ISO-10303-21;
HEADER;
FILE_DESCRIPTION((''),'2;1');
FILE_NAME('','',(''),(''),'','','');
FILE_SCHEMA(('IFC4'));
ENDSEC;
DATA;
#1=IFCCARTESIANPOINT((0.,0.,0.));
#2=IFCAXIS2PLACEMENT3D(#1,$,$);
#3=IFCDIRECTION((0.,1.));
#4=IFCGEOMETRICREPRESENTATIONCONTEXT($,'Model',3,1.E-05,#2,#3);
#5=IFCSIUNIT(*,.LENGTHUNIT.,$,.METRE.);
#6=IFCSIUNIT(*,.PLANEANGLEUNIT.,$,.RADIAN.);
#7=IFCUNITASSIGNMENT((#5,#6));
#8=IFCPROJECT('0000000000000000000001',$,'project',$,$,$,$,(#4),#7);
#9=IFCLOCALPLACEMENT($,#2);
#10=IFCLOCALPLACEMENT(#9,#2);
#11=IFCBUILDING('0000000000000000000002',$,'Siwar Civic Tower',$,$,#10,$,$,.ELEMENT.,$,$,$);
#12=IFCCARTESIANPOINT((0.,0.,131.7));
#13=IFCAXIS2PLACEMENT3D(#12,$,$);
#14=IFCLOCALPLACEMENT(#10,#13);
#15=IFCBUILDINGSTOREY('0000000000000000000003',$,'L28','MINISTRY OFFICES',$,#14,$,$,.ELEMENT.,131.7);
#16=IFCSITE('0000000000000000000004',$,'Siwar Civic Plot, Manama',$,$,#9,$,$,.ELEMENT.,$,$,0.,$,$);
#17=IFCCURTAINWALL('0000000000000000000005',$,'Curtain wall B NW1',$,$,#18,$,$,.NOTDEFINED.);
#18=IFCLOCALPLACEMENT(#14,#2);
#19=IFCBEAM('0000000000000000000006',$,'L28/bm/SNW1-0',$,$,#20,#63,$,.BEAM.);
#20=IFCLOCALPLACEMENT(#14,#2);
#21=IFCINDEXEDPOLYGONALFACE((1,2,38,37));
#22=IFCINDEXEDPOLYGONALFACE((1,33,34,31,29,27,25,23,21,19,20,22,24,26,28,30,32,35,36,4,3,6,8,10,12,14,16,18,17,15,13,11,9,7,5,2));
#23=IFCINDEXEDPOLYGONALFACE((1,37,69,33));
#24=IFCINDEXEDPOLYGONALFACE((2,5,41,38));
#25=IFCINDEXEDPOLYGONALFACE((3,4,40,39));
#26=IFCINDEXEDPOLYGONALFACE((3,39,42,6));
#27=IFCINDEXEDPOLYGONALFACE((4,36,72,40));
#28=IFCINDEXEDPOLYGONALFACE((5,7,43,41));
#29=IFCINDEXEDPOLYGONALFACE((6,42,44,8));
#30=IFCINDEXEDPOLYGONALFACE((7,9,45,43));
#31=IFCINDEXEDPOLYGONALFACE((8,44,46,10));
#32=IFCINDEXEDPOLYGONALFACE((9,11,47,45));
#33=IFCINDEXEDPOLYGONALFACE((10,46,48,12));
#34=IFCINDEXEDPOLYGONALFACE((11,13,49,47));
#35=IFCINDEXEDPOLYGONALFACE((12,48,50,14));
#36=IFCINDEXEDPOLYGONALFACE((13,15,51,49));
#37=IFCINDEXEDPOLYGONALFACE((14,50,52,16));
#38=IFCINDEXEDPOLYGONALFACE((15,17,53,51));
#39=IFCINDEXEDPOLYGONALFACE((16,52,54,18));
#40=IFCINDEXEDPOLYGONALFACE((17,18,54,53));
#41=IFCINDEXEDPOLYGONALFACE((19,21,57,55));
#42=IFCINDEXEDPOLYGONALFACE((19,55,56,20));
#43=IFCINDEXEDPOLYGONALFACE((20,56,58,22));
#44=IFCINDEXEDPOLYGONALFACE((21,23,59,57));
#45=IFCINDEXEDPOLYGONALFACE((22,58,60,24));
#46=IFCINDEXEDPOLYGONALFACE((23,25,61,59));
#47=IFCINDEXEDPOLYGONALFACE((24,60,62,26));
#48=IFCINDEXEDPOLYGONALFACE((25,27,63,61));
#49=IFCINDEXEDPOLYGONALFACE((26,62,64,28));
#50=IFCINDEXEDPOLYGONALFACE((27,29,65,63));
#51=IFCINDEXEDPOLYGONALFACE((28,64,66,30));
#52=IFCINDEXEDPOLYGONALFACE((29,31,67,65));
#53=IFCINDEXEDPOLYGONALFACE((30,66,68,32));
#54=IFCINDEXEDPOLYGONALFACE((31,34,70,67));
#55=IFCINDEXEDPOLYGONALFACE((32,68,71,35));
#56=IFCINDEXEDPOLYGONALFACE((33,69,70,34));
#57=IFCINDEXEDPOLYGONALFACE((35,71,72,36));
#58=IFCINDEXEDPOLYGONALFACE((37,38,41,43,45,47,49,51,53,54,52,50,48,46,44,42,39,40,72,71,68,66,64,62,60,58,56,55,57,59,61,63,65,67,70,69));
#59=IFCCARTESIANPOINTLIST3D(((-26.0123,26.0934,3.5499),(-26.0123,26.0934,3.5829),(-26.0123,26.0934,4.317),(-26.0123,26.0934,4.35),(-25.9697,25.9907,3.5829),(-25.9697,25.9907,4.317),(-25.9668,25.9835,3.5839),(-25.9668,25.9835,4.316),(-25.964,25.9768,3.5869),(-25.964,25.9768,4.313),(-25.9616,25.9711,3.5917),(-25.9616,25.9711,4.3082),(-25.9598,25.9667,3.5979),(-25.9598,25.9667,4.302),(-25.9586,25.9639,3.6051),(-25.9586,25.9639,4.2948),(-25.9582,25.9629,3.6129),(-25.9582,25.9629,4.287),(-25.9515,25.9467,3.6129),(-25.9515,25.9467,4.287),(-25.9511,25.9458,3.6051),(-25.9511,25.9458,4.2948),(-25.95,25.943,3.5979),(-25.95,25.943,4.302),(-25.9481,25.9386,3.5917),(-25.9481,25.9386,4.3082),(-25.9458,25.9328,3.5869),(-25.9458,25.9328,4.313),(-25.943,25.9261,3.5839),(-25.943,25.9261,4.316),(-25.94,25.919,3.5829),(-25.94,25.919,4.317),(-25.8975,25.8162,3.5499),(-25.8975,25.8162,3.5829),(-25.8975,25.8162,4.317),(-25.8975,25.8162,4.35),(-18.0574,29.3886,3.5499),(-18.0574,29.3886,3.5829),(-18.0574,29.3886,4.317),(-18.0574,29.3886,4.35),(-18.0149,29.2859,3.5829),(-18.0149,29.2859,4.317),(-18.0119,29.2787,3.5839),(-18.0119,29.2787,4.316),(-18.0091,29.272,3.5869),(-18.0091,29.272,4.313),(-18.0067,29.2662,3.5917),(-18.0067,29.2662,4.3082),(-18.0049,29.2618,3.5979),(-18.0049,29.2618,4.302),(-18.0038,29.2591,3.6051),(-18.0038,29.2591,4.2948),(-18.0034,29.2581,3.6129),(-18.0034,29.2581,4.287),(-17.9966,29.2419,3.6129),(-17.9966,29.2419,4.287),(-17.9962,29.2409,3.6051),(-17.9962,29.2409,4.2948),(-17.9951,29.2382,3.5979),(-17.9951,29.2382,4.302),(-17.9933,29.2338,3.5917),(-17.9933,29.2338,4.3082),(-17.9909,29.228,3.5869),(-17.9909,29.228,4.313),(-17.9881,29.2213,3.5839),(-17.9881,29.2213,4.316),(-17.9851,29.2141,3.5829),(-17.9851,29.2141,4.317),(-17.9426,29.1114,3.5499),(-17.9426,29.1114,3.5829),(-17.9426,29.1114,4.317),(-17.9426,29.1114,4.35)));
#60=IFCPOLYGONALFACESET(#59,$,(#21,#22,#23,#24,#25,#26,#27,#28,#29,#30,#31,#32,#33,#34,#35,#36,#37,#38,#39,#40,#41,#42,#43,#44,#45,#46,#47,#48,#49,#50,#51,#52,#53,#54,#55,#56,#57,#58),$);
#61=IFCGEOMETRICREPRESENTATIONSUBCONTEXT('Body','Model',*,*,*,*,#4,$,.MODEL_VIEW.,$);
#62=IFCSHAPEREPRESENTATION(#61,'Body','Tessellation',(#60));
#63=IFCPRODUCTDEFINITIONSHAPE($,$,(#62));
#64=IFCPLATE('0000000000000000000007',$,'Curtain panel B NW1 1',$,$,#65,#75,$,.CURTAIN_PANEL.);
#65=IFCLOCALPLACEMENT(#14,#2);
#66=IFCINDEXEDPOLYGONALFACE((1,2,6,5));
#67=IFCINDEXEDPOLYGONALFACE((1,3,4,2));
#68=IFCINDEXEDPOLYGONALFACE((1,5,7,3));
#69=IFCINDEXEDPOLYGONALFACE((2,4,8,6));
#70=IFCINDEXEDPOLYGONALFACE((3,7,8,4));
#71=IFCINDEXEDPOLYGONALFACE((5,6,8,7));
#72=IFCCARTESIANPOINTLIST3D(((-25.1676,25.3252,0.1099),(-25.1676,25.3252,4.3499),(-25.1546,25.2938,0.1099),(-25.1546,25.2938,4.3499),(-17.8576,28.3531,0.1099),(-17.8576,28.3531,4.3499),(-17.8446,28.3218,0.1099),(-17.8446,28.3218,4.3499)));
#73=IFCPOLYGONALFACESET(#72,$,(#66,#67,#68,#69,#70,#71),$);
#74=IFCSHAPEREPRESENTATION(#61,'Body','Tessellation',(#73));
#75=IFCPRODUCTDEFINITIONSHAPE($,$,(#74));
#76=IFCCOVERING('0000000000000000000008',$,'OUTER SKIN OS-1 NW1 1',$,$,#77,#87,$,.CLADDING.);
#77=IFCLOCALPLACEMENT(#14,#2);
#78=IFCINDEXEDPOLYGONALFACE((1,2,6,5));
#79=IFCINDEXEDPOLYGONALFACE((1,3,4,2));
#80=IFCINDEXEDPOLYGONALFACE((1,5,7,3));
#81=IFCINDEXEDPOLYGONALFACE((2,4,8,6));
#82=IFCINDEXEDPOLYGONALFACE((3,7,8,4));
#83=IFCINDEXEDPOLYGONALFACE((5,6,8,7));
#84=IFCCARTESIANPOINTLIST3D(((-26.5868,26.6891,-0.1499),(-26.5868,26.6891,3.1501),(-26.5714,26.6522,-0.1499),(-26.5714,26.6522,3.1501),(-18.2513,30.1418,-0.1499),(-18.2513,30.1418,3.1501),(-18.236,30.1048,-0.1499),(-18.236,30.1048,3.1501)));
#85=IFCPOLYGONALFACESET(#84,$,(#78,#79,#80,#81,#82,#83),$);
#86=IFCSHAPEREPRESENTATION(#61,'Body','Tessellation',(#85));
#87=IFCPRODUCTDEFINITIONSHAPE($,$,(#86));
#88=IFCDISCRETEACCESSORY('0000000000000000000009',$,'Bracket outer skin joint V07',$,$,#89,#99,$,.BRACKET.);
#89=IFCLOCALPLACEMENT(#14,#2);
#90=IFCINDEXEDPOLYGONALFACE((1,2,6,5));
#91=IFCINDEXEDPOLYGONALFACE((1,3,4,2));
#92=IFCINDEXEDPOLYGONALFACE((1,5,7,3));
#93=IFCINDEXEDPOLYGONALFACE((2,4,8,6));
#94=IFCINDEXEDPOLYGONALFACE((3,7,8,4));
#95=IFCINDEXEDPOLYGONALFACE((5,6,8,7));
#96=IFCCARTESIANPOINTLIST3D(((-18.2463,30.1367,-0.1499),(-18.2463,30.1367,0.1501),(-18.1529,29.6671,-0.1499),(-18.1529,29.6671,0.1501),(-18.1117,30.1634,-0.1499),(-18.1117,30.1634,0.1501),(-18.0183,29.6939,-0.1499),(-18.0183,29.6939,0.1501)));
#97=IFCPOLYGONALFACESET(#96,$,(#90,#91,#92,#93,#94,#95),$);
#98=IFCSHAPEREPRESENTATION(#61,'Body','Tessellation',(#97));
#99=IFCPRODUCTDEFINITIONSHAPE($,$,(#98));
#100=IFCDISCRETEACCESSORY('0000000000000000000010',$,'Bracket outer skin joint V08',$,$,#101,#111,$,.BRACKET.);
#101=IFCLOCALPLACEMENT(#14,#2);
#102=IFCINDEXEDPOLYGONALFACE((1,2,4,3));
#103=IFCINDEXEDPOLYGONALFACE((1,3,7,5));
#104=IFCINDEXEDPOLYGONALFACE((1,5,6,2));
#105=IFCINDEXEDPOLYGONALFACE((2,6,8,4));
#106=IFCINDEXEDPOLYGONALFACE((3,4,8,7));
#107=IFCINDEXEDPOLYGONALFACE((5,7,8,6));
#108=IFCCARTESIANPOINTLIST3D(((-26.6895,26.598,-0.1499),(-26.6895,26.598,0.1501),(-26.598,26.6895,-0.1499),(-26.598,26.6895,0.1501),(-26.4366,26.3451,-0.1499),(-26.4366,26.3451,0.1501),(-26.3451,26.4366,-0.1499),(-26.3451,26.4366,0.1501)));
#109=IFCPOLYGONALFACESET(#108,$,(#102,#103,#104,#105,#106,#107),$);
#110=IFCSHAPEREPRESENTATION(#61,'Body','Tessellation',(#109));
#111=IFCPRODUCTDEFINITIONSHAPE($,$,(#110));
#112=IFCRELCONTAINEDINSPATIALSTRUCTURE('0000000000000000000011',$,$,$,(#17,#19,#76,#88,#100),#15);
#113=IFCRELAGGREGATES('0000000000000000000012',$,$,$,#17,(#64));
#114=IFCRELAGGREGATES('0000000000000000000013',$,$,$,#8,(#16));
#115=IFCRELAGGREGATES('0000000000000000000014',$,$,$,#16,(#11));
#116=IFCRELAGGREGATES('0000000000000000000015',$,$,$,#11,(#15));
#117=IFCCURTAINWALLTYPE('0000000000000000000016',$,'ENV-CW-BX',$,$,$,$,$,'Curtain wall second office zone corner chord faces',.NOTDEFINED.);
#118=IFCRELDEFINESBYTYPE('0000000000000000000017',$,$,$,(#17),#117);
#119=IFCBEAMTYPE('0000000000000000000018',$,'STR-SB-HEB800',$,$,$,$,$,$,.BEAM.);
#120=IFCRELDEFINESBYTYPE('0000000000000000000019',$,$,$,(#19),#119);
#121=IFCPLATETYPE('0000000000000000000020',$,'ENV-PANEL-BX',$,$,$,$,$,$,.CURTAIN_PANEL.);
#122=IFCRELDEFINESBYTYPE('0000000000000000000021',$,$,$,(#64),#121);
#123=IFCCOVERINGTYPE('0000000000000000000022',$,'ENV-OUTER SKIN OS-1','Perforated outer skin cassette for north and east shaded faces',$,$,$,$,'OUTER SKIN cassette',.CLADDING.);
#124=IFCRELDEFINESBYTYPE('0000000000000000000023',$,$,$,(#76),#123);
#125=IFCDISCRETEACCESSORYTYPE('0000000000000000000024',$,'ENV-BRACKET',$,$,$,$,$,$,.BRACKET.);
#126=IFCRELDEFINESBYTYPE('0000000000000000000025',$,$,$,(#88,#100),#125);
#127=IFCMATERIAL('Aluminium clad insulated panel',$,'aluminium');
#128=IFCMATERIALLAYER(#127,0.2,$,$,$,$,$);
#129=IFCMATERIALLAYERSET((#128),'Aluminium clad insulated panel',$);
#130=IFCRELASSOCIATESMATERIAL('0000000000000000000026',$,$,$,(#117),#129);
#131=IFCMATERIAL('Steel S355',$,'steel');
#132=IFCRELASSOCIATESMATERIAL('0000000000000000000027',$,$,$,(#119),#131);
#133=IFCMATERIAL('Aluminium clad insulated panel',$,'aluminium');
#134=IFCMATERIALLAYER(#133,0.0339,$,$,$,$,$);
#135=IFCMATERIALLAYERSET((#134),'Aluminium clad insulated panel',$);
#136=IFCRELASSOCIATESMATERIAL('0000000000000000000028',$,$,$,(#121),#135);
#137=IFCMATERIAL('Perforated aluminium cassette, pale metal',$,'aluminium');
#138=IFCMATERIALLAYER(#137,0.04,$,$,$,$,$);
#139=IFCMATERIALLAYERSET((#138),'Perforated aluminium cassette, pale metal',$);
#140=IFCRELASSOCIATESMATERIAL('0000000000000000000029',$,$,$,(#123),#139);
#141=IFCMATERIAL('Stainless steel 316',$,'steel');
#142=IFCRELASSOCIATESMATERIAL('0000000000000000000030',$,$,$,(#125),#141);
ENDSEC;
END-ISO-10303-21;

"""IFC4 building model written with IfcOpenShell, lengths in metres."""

from ifc_helpers import new_model, si_unit, direction, frame, origin, origin_2d, place, context, subcontext, project, spatial, rectangle, i_section, extrude, material, layer, layer_set, material_profile, profile_set, type_object, element, aggregate, save


model = new_model("IFC4")

# Units and contexts
model_context = context("Model", 3, precision=1e-05, world=origin(), true_north=direction((0.0, 1.0)))
body_context = subcontext(model_context, "Body", "Model", "MODEL_VIEW")
ifc_project = project(units=[si_unit("LENGTHUNIT", "METRE"), si_unit("PLANEANGLEUNIT", "RADIAN")], contexts=[model_context])

# Site, building, storey
site_placement = place(None, origin())
site = spatial("IfcSite", under=ifc_project, at=site_placement, Name="Siwar Civic Plot, Manama", CompositionType="ELEMENT", RefElevation=0.0)
building_placement = place(site_placement, origin())
building = spatial("IfcBuilding", under=site, at=building_placement, Name="Siwar Civic Tower", CompositionType="ELEMENT")
storey_placement = place(building_placement, frame((0.0, 0.0, 131.7)))
storey = spatial("IfcBuildingStorey", under=building, at=storey_placement, Name="L28", Description="MINISTRY OFFICES", CompositionType="ELEMENT", Elevation=131.7)

# Curtain wall
ifc_material_1 = material(Name="Aluminium clad insulated panel", Category="aluminium")
ifc_layer_1 = layer(ifc_material_1, 0.2)
ifc_layer_set_1 = layer_set([ifc_layer_1], Name="Aluminium clad insulated panel")
curtain_wall_type = type_object("IfcCurtainWallType", Name="ENV-CW-BX", ElementType="Curtain wall second office zone corner chord faces", PredefinedType="NOTDEFINED", material=ifc_layer_set_1)
curtain_wall_placement = place(storey_placement, origin())
curtain_wall = element("IfcCurtainWall", 1, at=curtain_wall_placement, inside=storey, type_object=curtain_wall_type, Name="Curtain wall B NW1", PredefinedType="NOTDEFINED")

# Beam
ifc_material_2 = material(Name="Steel S355", Category="steel")
ifc_material_profile_1 = material_profile(ifc_material_2, i_section(OverallWidth=0.3, OverallDepth=0.8, WebThickness=0.0176, FlangeThickness=0.033, FilletRadius=0.03, at=origin_2d()), Name="HEB800")
ifc_profile_set_1 = profile_set([ifc_material_profile_1], Name="Steel S355")
beam_type_1 = type_object("IfcBeamType", Name="STR-SB-HEB800", PredefinedType="BEAM", material=ifc_profile_set_1)
beam_1_placement = place(storey_placement, frame((-18.0, 29.25, 3.95), z_axis=(-0.923873, -0.3827, 0.0), x_axis=(0.3827, -0.923873, 0.0)))
element("IfcBeam", 2, at=beam_1_placement, inside=storey, type_object=beam_type_1, Name="L28/bm/SNW1-0", PredefinedType="BEAM", context=body_context, shape_type="SweptSolid", body=[
    extrude(i_section(OverallWidth=0.3, OverallDepth=0.8, WebThickness=0.0176, FlangeThickness=0.033, FilletRadius=0.03, at=origin_2d()), origin(), (0.0, 0.0, 1.0), 8.6104),
])

# Plate
ifc_material_3 = material(Name="Aluminium clad insulated panel", Category="aluminium")
ifc_layer_2 = layer(ifc_material_3, 0.0339)
ifc_layer_set_2 = layer_set([ifc_layer_2], Name="Aluminium clad insulated panel")
plate_type = type_object("IfcPlateType", Name="ENV-PANEL-BX", PredefinedType="CURTAIN_PANEL", material=ifc_layer_set_2)
plate_placement = place(storey_placement, frame((-21.5061, 26.8235, 0.1099), z_axis=(0.0, 0.0, 1.0), x_axis=(-0.92388, -0.382683, 0.0)))
plate = element("IfcPlate", 3, at=plate_placement, type_object=plate_type, Name="Curtain panel B NW1 1", PredefinedType="CURTAIN_PANEL", context=body_context, shape_type="SweptSolid", body=[
    extrude(rectangle(XDim=7.9124, YDim=0.0339, at=origin_2d()), origin(), (0.0, 0.0, 1.0), 4.24),
])
aggregate(curtain_wall, [plate])

# Covering
ifc_material_4 = material(Name="Perforated aluminium cassette, pale metal", Category="aluminium")
ifc_layer_3 = layer(ifc_material_4, 0.04)
ifc_layer_set_3 = layer_set([ifc_layer_3], Name="Perforated aluminium cassette, pale metal")
covering_type = type_object("IfcCoveringType", Name="ENV-OUTER SKIN OS-1", Description="Perforated outer skin cassette for north and east shaded faces", ElementType="OUTER SKIN cassette", PredefinedType="CLADDING", material=ifc_layer_set_3)
covering_placement = place(storey_placement, frame((-22.4114, 28.397, -0.1499), z_axis=(0.0, 0.0, 1.0), x_axis=(-0.92388, -0.382683, 0.0)))
element("IfcCovering", 4, at=covering_placement, inside=storey, type_object=covering_type, Name="OUTER SKIN OS-1 NW1 1", PredefinedType="CLADDING", context=body_context, shape_type="SweptSolid", body=[
    extrude(rectangle(XDim=9.0222, YDim=0.04, at=origin_2d()), origin(), (0.0, 0.0, 1.0), 3.3),
])

# Discrete accessories
ifc_material_5 = material(Name="Stainless steel 316", Category="steel")
discrete_accessory_type = type_object("IfcDiscreteAccessoryType", Name="ENV-BRACKET", PredefinedType="BRACKET", material=ifc_material_5)
discrete_accessory_1_placement = place(storey_placement, frame((-18.1323, 29.9153, -0.1499), z_axis=(0.0, 0.0, 1.0), x_axis=(-0.19509, 0.980785, 0.0)))
element("IfcDiscreteAccessory", 5, at=discrete_accessory_1_placement, inside=storey, type_object=discrete_accessory_type, Name="Bracket outer skin joint V07", PredefinedType="BRACKET", context=body_context, shape_type="SweptSolid", body=[
    extrude(rectangle(XDim=0.4788, YDim=0.1372, at=origin_2d()), origin(), (0.0, 0.0, 1.0), 0.3),
])
discrete_accessory_2_placement = place(storey_placement, frame((-26.5173, 26.5173, -0.1499), z_axis=(0.0, 0.0, 1.0), x_axis=(-0.707107, 0.707107, 0.0)))
element("IfcDiscreteAccessory", 6, at=discrete_accessory_2_placement, inside=storey, type_object=discrete_accessory_type, Name="Bracket outer skin joint V08", PredefinedType="BRACKET", context=body_context, shape_type="SweptSolid", body=[
    extrude(rectangle(XDim=0.3577, YDim=0.1294, at=origin_2d()), origin(), (0.0, 0.0, 1.0), 0.3),
])

save(model, "model.ifc")
